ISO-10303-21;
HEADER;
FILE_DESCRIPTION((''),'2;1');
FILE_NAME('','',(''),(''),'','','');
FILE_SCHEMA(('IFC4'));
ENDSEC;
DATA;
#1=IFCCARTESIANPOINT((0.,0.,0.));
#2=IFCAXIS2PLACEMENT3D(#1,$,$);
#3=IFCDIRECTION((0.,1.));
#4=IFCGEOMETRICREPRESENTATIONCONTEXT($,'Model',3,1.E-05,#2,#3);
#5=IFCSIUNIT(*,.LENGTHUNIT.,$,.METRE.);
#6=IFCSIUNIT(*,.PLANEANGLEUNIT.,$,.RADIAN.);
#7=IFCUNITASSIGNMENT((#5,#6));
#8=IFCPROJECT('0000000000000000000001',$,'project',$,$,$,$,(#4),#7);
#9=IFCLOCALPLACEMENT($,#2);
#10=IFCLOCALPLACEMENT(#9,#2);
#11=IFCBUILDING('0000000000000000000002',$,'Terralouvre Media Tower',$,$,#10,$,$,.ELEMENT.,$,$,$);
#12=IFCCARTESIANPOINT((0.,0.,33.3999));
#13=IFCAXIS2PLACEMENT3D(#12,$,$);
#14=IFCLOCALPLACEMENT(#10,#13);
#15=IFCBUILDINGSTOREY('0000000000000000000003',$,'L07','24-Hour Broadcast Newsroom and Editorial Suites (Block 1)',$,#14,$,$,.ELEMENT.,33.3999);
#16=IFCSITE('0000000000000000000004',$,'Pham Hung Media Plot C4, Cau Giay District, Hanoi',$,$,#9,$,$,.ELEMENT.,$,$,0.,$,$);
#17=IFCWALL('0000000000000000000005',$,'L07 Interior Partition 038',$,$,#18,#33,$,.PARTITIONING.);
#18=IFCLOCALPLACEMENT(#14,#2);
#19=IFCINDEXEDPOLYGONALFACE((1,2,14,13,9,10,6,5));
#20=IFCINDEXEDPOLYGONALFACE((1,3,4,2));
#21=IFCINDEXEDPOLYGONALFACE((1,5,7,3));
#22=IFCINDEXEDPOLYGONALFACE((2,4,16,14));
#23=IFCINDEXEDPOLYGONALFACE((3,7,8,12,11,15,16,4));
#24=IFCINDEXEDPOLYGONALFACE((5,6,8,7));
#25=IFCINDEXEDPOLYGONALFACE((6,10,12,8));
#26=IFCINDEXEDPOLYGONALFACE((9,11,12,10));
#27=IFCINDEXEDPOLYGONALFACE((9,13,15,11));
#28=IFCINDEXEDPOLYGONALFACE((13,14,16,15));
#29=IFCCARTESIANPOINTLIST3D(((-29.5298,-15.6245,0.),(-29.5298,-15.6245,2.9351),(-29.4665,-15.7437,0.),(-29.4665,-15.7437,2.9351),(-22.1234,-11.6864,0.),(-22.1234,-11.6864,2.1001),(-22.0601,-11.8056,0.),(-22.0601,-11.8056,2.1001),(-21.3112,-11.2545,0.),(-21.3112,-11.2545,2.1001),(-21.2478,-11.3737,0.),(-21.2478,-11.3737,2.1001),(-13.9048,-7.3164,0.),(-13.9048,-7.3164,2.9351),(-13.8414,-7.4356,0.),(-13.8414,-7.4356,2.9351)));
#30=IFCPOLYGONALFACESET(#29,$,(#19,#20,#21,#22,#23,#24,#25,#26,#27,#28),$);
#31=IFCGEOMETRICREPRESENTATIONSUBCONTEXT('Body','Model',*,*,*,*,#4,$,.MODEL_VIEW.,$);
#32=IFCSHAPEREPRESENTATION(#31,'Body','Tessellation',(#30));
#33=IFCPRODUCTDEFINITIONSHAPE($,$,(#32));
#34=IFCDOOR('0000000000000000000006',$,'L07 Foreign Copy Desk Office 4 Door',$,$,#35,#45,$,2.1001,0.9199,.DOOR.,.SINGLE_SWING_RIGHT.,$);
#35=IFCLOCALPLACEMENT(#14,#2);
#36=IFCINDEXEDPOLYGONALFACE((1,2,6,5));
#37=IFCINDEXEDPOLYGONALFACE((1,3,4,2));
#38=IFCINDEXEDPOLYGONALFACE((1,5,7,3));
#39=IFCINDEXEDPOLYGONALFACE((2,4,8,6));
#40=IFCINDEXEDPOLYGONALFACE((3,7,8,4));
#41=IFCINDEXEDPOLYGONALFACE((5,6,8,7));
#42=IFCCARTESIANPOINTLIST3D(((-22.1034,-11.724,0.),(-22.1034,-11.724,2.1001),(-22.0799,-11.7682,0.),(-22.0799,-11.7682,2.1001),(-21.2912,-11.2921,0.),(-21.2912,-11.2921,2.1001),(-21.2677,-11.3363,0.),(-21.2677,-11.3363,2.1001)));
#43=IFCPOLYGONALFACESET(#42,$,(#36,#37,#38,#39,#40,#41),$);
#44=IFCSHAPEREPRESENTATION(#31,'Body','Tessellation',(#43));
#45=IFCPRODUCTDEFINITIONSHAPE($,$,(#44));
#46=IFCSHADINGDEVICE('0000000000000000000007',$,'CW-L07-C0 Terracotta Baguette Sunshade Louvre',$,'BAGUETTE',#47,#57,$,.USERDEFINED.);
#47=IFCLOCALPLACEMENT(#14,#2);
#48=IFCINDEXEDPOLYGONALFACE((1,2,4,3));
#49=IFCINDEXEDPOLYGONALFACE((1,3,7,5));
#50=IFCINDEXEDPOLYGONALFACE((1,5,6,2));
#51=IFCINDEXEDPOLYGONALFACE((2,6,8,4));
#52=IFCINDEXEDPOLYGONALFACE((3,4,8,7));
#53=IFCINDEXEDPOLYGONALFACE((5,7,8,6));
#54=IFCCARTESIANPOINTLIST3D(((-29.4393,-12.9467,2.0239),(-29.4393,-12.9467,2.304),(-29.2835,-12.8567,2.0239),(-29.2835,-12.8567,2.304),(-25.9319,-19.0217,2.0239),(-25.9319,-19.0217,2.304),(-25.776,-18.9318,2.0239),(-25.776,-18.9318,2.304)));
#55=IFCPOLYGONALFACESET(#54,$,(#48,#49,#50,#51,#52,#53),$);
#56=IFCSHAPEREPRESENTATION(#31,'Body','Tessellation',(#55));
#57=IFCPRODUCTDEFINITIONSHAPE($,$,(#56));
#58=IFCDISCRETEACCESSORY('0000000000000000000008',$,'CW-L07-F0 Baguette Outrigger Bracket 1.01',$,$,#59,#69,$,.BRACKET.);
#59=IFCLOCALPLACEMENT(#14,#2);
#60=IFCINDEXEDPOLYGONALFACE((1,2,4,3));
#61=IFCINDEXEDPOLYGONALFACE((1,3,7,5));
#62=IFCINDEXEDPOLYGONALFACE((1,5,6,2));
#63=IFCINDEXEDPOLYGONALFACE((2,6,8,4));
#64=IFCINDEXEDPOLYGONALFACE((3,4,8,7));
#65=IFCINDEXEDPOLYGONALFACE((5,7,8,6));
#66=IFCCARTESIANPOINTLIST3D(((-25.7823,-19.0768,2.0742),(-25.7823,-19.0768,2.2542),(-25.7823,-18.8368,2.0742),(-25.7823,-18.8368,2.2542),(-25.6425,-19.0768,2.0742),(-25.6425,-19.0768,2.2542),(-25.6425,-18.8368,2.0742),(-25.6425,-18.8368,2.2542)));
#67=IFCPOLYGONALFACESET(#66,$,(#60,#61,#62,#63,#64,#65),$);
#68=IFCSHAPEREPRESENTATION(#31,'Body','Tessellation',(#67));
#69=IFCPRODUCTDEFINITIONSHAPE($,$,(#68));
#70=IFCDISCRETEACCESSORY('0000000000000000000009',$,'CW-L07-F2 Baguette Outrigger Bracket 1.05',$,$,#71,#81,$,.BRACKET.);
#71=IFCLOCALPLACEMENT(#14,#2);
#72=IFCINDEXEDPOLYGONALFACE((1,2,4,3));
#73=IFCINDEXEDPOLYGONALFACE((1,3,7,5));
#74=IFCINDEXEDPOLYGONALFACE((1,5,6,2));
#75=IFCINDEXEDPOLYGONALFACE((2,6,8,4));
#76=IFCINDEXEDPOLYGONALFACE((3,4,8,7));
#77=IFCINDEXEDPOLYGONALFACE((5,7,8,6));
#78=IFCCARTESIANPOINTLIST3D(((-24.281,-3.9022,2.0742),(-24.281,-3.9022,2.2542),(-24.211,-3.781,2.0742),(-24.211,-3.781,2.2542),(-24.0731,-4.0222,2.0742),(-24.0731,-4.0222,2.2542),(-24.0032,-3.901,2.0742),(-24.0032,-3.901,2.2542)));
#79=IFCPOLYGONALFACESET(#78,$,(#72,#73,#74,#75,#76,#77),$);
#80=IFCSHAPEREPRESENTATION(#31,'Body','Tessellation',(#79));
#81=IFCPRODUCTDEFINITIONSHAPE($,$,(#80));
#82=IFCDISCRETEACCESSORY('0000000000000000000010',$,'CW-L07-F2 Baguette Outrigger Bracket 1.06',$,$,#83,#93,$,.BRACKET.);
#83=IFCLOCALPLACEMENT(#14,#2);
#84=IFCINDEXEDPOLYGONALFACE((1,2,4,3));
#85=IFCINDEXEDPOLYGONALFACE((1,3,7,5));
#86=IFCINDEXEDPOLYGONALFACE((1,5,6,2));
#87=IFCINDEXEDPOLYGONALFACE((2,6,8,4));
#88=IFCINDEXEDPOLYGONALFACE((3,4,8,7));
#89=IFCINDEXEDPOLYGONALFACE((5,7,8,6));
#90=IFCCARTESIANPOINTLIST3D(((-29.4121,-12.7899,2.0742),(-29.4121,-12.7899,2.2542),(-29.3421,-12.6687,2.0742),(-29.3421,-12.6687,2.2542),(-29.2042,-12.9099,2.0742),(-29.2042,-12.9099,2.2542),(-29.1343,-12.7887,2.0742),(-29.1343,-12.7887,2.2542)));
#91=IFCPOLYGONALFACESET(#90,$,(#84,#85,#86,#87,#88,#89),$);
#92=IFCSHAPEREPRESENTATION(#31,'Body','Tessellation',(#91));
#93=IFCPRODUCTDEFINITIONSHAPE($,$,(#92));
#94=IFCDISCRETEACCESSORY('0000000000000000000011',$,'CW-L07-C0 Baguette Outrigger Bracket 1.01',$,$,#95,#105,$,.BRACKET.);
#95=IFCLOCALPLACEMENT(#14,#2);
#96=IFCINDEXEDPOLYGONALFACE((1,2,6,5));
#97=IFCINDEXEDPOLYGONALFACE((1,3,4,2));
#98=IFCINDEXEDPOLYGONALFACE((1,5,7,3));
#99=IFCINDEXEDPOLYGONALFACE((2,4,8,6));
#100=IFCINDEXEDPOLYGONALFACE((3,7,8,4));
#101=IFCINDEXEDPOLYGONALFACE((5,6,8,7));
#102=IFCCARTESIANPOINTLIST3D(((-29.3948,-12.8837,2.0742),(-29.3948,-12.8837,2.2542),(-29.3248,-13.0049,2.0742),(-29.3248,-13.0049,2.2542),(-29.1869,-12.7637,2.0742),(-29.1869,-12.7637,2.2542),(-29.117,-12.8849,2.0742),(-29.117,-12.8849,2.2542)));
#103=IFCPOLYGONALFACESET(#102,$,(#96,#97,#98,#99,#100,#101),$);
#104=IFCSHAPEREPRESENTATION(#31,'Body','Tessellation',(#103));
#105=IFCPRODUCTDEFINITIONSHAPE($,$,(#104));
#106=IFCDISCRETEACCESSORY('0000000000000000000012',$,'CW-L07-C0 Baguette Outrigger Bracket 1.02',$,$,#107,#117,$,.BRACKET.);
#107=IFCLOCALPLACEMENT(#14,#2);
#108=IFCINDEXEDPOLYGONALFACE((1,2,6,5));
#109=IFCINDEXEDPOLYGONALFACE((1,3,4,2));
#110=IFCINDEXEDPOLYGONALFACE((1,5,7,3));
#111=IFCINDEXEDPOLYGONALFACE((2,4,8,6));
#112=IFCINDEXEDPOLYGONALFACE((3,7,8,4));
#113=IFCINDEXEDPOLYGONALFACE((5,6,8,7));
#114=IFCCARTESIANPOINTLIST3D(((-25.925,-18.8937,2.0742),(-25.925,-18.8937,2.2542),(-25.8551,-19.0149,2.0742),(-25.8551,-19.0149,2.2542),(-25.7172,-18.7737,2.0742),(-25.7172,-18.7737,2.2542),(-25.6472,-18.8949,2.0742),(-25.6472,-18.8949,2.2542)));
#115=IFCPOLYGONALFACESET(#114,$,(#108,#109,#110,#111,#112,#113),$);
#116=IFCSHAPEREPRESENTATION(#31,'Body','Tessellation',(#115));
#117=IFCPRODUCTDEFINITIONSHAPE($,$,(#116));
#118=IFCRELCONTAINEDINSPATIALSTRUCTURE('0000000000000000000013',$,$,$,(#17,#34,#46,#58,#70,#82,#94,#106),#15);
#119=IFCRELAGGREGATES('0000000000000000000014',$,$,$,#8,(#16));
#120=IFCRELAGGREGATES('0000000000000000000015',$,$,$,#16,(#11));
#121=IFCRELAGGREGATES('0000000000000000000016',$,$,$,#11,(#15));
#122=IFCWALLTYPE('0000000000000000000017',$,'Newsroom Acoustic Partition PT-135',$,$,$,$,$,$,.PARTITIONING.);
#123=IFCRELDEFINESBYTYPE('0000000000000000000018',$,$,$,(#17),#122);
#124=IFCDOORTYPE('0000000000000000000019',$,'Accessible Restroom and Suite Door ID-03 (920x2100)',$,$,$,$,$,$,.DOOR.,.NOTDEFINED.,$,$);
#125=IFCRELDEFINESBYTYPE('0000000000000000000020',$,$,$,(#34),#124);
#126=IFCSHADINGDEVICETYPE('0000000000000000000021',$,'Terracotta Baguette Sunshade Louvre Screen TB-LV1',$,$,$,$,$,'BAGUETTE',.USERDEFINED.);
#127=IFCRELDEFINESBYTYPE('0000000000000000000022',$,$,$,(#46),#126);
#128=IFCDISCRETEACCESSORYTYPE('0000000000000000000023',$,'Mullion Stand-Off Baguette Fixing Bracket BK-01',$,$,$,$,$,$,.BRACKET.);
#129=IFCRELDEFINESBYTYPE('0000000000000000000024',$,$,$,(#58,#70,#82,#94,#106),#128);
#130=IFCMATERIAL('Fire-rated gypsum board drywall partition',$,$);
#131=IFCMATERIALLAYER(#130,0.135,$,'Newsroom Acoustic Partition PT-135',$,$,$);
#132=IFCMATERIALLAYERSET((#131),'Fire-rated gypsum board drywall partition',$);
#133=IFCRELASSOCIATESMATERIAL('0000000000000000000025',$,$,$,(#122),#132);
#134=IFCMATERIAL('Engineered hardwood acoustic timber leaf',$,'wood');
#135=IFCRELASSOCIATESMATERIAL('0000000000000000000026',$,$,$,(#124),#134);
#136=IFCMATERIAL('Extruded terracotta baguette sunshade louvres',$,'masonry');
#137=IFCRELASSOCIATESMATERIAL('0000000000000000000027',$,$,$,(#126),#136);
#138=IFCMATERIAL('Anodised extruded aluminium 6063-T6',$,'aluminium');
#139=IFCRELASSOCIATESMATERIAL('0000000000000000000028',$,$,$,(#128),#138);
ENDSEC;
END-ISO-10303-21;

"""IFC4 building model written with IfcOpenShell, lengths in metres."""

from ifc_helpers import new_model, si_unit, direction, frame, frame_2d, origin, origin_2d, place, context, subcontext, project, spatial, rectangle, extrude, material, layer, layer_set, type_object, element, fill, save


model = new_model("IFC4")

# Units and contexts
model_context = context("Model", 3, precision=1e-05, world=origin(), true_north=direction((0.0, 1.0)))
body_context = subcontext(model_context, "Body", "Model", "MODEL_VIEW")
ifc_project = project(units=[si_unit("LENGTHUNIT", "METRE"), si_unit("PLANEANGLEUNIT", "RADIAN")], contexts=[model_context])

# Site, building, storey
site_placement = place(None, origin())
site = spatial("IfcSite", under=ifc_project, at=site_placement, Name="Pham Hung Media Plot C4, Cau Giay District, Hanoi", CompositionType="ELEMENT", RefElevation=0.0)
building_placement = place(site_placement, origin())
building = spatial("IfcBuilding", under=site, at=building_placement, Name="Terralouvre Media Tower", CompositionType="ELEMENT")
storey_placement = place(building_placement, frame((0.0, 0.0, 33.3999)))
storey = spatial("IfcBuildingStorey", under=building, at=storey_placement, Name="L07", Description="24-Hour Broadcast Newsroom and Editorial Suites (Block 1)", CompositionType="ELEMENT", Elevation=33.3999)

# Wall, opening, door
ifc_material_1 = material(Name="Fire-rated gypsum board drywall partition")
ifc_layer_1 = layer(ifc_material_1, 0.135, Name="Newsroom Acoustic Partition PT-135")
ifc_layer_set_1 = layer_set([ifc_layer_1], Name="Fire-rated gypsum board drywall partition")
wall_type = type_object("IfcWallType", Name="Newsroom Acoustic Partition PT-135", PredefinedType="PARTITIONING", material=ifc_layer_set_1)
wall_placement = place(storey_placement, frame((-29.498, -15.6841, 0.0), z_axis=(0.0, 0.0, 1.0), x_axis=(0.882944, 0.469478, 0.0)))
wall = element("IfcWall", 1, at=wall_placement, inside=storey, type_object=wall_type, Name="L07 Interior Partition 038", PredefinedType="PARTITIONING", context=body_context, shape_type="SweptSolid", body=[
    extrude(rectangle(XDim=17.6965, YDim=0.135, at=frame_2d((8.8481, 0.0))), origin(), (0.0, 0.0, 1.0), 2.9351),
])
opening_placement = place(wall_placement, frame((8.3882, 0.0, 0.0)))
opening = element("IfcOpeningElement", 2, at=opening_placement, cuts=wall, PredefinedType="OPENING", context=body_context, shape_type="SweptSolid", body=[
    extrude(rectangle(XDim=0.9199, YDim=2.1001, at=frame_2d((0.46, 1.05))), frame((0.0, 0.0774, 0.0), z_axis=(0.0, -1.0, 0.0), x_axis=(1.0, 0.0, 0.0)), (0.0, 0.0, 1.0), 0.155),
])
ifc_material_2 = material(Name="Engineered hardwood acoustic timber leaf", Category="wood")
door_type = type_object("IfcDoorType", Name="Accessible Restroom and Suite Door ID-03 (920x2100)", OperationType="NOTDEFINED", PredefinedType="DOOR", material=ifc_material_2)
door_placement = place(opening_placement, origin())
door = element("IfcDoor", 3, at=door_placement, inside=storey, type_object=door_type, Name="L07 Foreign Copy Desk Office 4 Door", OperationType="SINGLE_SWING_RIGHT", OverallHeight=2.1001, OverallWidth=0.9199, PredefinedType="DOOR", context=body_context, shape_type="SweptSolid", body=[
    extrude(rectangle(XDim=0.9199, YDim=2.1001, at=frame_2d((0.46, 1.05))), frame((0.0, 0.0249, 0.0), z_axis=(0.0, -1.0, 0.0), x_axis=(1.0, 0.0, 0.0)), (0.0, 0.0, 1.0), 0.05),
])
fill(opening, door)

# Shading device
ifc_material_3 = material(Name="Extruded terracotta baguette sunshade louvres", Category="masonry")
shading_device_type = type_object("IfcShadingDeviceType", Name="Terracotta Baguette Sunshade Louvre Screen TB-LV1", ElementType="BAGUETTE", PredefinedType="USERDEFINED", material=ifc_material_3)
shading_device_placement = place(storey_placement, frame((-27.6077, -15.9392, 2.0239), z_axis=(0.0, 0.0, 1.0), x_axis=(0.5, -0.866026, 0.0)))
element("IfcShadingDevice", 4, at=shading_device_placement, inside=storey, type_object=shading_device_type, Name="CW-L07-C0 Terracotta Baguette Sunshade Louvre", ObjectType="BAGUETTE", PredefinedType="USERDEFINED", context=body_context, shape_type="SweptSolid", body=[
    extrude(rectangle(XDim=7.0149, YDim=0.1799, at=origin_2d()), origin(), (0.0, 0.0, 1.0), 0.28),
])

# Discrete accessories
ifc_material_4 = material(Name="Anodised extruded aluminium 6063-T6", Category="aluminium")
discrete_accessory_type = type_object("IfcDiscreteAccessoryType", Name="Mullion Stand-Off Baguette Fixing Bracket BK-01", PredefinedType="BRACKET", material=ifc_material_4)
for number, where, z_axis, x_axis, name in (
    (5, (-25.7124, -18.9568, 2.0742), (0.0, 0.0, 1.0), (1.0, 0.0, 0.0), "CW-L07-F0 Baguette Outrigger Bracket 1.01"),
    (6, (-24.1421, -3.9016, 2.0742), (0.0, 0.0, 1.0), (-0.5, -0.866025, 0.0), "CW-L07-F2 Baguette Outrigger Bracket 1.05"),
    (7, (-29.2732, -12.7893, 2.0742), (0.0, 0.0, 1.0), (-0.5, -0.866025, 0.0), "CW-L07-F2 Baguette Outrigger Bracket 1.06"),
    (8, (-29.2559, -12.8843, 2.0742), (0.0, 0.0, 1.0), (0.5, -0.866026, 0.0), "CW-L07-C0 Baguette Outrigger Bracket 1.01"),
    (9, (-25.7861, -18.8943, 2.0742), (0.0, 0.0, 1.0), (0.5, -0.866026, 0.0), "CW-L07-C0 Baguette Outrigger Bracket 1.02"),
):
    element("IfcDiscreteAccessory", number, at=place(storey_placement, frame(where, z_axis=z_axis, x_axis=x_axis)), inside=storey, type_object=discrete_accessory_type, Name=name, PredefinedType="BRACKET", context=body_context, shape_type="SweptSolid", body=[
        extrude(rectangle(XDim=0.1399, YDim=0.24, at=origin_2d()), origin(), (0.0, 0.0, 1.0), 0.1799),
    ])

save(model, "model.ifc")
